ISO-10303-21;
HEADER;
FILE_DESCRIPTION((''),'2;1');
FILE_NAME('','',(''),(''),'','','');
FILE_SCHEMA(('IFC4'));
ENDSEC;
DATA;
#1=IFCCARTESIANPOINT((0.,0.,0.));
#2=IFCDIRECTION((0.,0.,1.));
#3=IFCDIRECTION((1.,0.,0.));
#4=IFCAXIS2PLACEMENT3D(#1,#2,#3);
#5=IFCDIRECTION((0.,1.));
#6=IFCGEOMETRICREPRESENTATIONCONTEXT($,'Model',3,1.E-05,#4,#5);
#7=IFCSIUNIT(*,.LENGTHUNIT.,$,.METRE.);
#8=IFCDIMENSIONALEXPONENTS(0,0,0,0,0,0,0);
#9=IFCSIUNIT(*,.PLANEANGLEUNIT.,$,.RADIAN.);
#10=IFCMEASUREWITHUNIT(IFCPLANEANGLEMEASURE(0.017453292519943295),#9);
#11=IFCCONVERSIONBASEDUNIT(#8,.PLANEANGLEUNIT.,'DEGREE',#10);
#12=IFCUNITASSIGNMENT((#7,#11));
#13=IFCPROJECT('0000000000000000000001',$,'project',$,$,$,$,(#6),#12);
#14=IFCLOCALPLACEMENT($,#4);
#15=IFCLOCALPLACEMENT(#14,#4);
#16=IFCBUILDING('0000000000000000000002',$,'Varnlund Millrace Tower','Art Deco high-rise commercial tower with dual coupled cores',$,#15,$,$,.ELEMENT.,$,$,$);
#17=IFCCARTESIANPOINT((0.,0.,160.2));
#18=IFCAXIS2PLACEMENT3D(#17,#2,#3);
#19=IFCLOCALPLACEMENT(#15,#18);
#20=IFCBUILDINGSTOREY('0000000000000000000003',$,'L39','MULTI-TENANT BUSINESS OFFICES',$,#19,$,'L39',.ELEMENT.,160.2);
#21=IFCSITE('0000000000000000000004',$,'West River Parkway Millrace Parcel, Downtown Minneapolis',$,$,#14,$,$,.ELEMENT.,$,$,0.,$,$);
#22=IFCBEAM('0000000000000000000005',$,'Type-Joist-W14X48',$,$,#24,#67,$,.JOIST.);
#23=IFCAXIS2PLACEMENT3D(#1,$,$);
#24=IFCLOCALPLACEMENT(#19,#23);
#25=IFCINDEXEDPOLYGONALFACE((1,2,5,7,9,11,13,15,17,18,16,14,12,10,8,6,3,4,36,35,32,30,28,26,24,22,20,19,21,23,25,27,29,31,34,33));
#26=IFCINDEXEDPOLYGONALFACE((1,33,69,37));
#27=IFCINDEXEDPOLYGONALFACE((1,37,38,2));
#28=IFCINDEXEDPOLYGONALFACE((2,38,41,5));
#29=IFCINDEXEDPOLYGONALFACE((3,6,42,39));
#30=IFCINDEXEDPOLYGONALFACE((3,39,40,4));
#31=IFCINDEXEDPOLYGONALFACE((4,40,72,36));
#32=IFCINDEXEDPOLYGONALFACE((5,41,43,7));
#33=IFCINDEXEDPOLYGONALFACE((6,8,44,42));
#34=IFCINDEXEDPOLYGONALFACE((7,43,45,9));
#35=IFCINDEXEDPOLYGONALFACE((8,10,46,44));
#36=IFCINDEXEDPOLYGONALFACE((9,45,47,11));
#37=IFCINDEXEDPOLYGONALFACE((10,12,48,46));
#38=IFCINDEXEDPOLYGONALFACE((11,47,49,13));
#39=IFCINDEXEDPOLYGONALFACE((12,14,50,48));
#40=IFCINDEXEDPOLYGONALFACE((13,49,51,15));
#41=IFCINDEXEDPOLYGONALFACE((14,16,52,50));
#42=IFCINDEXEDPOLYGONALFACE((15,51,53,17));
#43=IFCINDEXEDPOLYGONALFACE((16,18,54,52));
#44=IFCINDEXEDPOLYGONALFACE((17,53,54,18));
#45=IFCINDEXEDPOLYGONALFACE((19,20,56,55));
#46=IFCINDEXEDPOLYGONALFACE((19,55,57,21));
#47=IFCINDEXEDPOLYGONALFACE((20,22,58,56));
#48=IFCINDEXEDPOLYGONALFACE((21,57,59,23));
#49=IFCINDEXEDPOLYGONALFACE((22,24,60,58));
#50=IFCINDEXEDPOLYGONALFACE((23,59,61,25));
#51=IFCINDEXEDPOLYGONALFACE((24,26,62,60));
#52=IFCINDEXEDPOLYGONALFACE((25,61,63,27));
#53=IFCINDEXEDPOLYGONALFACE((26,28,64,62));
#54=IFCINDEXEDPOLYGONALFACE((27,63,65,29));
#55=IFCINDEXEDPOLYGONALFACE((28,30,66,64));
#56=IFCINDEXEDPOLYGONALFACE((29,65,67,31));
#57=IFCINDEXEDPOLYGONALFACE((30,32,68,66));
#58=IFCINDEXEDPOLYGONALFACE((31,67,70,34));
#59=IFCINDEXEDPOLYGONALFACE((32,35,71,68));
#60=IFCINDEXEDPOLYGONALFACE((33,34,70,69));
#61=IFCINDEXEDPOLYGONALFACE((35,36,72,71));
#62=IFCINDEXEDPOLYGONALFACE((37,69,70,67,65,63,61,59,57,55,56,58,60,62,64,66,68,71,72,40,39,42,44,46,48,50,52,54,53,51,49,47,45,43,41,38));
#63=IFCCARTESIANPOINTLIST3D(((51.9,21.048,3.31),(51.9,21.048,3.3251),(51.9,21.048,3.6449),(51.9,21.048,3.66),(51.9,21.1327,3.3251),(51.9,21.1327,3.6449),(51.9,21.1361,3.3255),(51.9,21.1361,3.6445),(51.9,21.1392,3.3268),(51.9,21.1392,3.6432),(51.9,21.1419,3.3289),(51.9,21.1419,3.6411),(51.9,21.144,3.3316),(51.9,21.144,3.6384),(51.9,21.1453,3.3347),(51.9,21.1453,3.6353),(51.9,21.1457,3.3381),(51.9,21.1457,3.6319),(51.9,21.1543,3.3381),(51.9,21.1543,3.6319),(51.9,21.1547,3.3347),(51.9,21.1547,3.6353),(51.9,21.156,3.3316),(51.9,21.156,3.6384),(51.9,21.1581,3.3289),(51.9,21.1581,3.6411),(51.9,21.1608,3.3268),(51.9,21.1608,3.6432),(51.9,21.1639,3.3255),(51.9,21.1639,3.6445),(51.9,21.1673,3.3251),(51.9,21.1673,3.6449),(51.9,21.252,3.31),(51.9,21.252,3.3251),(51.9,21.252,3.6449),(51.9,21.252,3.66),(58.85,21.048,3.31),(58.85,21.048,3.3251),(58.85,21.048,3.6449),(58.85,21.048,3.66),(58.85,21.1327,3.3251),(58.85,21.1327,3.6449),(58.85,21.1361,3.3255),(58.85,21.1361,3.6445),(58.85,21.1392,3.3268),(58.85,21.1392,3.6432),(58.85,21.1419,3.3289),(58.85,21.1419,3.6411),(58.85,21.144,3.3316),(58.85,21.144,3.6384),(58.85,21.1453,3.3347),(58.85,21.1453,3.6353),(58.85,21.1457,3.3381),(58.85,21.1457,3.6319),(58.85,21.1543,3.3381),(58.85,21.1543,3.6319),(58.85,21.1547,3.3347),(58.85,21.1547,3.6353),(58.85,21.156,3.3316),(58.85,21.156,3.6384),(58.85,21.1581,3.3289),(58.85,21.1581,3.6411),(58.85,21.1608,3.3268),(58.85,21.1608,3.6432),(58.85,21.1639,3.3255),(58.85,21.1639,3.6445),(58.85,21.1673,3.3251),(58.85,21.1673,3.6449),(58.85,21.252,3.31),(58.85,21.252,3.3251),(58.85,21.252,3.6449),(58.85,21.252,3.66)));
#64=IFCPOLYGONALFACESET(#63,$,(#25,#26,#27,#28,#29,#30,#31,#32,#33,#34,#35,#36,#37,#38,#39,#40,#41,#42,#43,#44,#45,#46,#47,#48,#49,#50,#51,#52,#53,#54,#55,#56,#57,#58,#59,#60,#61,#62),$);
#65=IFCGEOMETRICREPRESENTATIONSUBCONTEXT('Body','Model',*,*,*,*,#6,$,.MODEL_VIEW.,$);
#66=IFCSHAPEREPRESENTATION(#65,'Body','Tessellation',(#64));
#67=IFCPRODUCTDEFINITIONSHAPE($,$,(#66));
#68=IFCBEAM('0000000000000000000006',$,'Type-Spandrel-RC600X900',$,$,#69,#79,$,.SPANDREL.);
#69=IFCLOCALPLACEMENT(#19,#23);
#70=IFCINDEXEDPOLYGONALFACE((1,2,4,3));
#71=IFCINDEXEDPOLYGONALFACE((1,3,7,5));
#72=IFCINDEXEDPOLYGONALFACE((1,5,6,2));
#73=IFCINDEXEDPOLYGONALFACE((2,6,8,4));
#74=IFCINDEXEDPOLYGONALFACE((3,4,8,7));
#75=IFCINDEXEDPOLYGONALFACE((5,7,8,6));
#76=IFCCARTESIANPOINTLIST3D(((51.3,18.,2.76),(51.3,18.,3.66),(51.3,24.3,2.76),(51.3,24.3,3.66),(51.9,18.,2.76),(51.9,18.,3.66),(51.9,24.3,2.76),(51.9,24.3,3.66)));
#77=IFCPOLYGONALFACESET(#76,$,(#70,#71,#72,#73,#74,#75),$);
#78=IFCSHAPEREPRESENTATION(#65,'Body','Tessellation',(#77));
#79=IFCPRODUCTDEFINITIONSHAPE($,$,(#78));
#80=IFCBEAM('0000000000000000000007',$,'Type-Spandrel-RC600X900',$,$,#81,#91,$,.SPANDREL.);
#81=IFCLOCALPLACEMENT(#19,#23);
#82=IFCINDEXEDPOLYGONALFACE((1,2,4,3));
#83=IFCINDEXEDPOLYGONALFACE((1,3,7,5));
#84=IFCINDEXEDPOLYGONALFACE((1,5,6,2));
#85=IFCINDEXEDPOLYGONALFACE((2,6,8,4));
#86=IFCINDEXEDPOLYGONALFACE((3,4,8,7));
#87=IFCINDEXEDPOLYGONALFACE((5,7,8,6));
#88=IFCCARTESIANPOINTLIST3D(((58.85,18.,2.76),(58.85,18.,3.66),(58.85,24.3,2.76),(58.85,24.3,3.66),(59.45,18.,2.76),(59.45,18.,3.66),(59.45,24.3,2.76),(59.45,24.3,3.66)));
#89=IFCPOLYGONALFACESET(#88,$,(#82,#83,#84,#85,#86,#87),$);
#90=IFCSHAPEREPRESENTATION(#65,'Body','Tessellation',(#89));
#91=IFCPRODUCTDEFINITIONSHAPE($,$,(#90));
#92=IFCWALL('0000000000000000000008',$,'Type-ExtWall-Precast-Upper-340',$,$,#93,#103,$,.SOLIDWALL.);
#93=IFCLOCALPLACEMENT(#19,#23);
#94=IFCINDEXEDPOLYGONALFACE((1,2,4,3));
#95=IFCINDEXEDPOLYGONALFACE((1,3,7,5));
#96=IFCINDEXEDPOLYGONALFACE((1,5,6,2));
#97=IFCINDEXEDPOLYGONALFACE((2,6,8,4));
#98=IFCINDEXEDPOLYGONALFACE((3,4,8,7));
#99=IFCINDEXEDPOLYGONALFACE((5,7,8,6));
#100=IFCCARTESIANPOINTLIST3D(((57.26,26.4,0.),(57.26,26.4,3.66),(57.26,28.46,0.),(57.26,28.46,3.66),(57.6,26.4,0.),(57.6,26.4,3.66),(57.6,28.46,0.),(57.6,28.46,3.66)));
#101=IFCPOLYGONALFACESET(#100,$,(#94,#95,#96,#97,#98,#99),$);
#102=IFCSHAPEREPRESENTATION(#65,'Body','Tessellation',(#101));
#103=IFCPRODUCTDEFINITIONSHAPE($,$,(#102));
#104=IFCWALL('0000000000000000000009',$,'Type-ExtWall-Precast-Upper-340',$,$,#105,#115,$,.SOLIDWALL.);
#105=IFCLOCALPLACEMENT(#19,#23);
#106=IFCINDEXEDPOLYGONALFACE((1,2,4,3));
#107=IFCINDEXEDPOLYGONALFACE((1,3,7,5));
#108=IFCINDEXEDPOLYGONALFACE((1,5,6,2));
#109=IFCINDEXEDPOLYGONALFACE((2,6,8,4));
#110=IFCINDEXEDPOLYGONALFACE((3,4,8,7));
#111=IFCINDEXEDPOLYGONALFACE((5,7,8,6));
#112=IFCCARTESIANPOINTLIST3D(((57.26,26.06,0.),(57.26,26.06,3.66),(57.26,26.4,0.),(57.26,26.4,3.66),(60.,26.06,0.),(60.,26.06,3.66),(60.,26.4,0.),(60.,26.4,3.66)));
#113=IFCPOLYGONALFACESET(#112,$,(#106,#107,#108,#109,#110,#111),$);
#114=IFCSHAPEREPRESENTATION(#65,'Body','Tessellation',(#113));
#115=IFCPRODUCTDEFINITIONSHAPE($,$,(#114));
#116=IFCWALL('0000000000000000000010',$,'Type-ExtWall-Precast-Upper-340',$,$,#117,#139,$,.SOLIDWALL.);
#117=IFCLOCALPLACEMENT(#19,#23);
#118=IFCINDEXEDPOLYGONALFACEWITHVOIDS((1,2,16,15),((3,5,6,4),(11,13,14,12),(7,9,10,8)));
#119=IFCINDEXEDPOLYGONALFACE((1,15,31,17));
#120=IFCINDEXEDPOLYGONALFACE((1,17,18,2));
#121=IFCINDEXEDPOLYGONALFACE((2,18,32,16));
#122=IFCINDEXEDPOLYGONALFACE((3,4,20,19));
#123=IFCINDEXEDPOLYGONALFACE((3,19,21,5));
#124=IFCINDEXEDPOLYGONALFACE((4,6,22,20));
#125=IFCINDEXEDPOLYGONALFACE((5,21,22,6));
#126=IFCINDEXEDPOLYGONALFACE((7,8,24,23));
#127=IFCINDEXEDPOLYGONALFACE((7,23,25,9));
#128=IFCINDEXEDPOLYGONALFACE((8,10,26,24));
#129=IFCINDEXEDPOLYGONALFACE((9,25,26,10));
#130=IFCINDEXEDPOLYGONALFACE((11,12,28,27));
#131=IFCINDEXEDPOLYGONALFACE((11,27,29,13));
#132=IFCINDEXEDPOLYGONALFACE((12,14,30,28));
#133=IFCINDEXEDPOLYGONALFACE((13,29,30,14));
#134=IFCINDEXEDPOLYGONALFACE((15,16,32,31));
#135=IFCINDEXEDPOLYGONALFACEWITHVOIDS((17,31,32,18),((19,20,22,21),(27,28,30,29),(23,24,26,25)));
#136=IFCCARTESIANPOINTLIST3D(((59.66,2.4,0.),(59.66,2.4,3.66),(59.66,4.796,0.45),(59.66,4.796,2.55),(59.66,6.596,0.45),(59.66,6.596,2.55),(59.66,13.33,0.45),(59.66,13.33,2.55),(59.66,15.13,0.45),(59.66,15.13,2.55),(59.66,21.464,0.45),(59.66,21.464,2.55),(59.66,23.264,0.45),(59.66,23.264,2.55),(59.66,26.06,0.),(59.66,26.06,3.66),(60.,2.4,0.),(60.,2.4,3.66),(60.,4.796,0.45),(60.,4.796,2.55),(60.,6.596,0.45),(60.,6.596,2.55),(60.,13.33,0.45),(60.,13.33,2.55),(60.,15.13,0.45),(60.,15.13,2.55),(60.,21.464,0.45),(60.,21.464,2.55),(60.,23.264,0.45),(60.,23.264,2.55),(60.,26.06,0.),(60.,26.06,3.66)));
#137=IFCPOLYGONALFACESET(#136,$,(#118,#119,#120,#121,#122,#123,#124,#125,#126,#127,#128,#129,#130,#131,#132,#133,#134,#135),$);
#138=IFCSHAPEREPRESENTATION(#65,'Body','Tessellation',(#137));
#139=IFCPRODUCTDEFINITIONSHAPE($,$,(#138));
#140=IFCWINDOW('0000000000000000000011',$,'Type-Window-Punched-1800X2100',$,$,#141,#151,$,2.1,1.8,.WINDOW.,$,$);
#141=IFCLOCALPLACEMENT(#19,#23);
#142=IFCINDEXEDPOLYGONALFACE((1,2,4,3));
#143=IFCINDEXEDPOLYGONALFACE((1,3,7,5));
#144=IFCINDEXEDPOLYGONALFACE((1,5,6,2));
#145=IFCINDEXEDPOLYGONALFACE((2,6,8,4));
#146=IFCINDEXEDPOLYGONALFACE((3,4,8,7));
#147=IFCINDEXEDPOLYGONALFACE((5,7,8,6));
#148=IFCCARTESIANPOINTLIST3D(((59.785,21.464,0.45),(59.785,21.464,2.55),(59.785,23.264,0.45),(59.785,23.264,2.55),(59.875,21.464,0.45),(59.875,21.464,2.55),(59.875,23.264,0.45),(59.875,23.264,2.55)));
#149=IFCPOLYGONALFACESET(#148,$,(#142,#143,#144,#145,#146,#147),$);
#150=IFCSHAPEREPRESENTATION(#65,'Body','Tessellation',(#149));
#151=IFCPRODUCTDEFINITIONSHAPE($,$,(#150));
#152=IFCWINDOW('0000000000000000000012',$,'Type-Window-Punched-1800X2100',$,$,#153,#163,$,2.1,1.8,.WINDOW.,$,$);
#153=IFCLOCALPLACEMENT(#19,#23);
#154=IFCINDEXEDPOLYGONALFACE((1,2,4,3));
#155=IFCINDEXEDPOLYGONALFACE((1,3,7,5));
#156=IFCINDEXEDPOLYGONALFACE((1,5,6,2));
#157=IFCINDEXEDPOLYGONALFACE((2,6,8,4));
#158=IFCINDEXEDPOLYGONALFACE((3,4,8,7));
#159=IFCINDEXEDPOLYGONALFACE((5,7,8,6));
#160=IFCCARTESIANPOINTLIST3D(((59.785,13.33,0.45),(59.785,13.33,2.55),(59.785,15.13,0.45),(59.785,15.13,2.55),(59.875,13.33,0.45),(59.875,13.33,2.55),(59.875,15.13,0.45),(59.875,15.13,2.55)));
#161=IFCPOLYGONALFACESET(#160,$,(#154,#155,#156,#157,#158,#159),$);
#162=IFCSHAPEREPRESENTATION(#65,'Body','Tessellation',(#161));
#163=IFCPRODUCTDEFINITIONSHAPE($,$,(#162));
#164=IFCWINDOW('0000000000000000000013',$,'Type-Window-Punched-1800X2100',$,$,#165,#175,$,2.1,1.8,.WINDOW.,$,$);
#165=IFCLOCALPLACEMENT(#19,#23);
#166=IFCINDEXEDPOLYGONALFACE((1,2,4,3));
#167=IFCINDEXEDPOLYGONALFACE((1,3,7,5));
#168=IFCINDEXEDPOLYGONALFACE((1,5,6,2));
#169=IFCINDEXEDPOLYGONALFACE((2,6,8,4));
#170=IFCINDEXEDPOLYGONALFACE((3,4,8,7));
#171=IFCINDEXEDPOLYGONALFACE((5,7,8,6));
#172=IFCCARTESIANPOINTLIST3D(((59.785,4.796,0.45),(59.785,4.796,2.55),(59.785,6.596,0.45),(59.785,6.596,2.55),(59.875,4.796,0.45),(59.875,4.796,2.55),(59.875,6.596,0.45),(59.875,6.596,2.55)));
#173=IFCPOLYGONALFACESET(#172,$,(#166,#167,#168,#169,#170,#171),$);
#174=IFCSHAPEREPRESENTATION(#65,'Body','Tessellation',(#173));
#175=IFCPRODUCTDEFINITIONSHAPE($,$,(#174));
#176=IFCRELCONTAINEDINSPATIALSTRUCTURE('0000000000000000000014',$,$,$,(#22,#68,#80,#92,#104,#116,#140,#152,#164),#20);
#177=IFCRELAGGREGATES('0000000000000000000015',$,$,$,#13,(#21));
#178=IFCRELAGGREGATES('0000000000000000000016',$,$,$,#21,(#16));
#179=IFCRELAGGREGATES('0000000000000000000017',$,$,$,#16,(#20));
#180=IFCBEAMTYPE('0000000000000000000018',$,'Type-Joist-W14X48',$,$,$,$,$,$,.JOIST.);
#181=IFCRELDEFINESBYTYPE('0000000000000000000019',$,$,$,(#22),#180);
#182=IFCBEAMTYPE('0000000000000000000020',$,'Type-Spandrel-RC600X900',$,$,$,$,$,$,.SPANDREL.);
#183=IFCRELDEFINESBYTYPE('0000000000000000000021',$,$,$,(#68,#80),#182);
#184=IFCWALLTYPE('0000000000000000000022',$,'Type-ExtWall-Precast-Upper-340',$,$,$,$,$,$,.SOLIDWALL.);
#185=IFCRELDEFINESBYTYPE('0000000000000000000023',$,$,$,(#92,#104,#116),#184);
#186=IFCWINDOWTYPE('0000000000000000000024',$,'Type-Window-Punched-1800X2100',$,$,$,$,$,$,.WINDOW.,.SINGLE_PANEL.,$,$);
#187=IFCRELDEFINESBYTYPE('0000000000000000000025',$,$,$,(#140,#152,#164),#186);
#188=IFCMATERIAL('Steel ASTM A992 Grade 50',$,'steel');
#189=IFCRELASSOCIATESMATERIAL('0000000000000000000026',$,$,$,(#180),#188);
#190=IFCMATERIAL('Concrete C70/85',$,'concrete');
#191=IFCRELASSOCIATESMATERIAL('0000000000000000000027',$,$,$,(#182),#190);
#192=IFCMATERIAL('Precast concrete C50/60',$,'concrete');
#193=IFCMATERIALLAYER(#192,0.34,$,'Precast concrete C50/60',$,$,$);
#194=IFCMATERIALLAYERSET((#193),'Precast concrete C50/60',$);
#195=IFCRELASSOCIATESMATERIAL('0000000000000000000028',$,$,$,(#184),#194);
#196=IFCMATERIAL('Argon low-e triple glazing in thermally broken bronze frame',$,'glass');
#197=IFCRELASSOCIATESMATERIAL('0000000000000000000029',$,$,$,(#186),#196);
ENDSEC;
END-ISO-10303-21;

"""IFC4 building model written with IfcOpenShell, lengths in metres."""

from ifc_helpers import new_model, entity, si_unit, converted_unit, direction, frame, origin_with_axes, origin_2d_with_axis, place, context, subcontext, project, spatial, polyline, rectangle, i_section, outline, extrude, material, layer, layer_set, material_profile, profile_set, type_object, element, fill, save


model = new_model("IFC4")

# Units and contexts
model_context = context("Model", 3, precision=1e-05, world=origin_with_axes(), true_north=direction((0.0, 1.0)))
body_context = subcontext(model_context, "Body", "Model", "MODEL_VIEW")
ifc_project = project(units=[si_unit("LENGTHUNIT", "METRE"), converted_unit("PLANEANGLEUNIT", "DEGREE", entity("IfcPlaneAngleMeasure", 0.017453292519943295), si_unit("PLANEANGLEUNIT", "RADIAN"), dimensions=[0, 0, 0, 0, 0, 0, 0])], contexts=[model_context])

# Site, building, storey
site_placement = place(None, origin_with_axes())
site = spatial("IfcSite", under=ifc_project, at=site_placement, Name="West River Parkway Millrace Parcel, Downtown Minneapolis", CompositionType="ELEMENT", RefElevation=0.0)
building_placement = place(site_placement, origin_with_axes())
building = spatial("IfcBuilding", under=site, at=building_placement, Name="Varnlund Millrace Tower", Description="Art Deco high-rise commercial tower with dual coupled cores", CompositionType="ELEMENT")
storey_placement = place(building_placement, frame((0.0, 0.0, 160.2), z_axis=(0.0, 0.0, 1.0), x_axis=(1.0, 0.0, 0.0)))
storey = spatial("IfcBuildingStorey", under=building, at=storey_placement, Name="L39", Description="MULTI-TENANT BUSINESS OFFICES", LongName="L39", CompositionType="ELEMENT", Elevation=160.2)

# Beams
ifc_material_1 = material(Name="Steel ASTM A992 Grade 50", Category="steel")
ifc_material_profile_1 = material_profile(ifc_material_1, i_section(OverallWidth=0.204, OverallDepth=0.35, WebThickness=0.0086, FlangeThickness=0.0151, FilletRadius=0.013, at=origin_2d_with_axis()), Name="Steel ASTM A992 Grade 50")
ifc_profile_set_1 = profile_set([ifc_material_profile_1], Name="Steel ASTM A992 Grade 50")
beam_type_1 = type_object("IfcBeamType", Name="Type-Joist-W14X48", PredefinedType="JOIST", material=ifc_profile_set_1)
for number, where, z_axis, x_axis, name in (
    (1, (51.9, 21.15, 3.485), (1.0, 0.0, 0.0), (0.0, 1.0, 0.0), "Type-Joist-W14X48"),
):
    element("IfcBeam", number, at=place(storey_placement, frame(where, z_axis=z_axis, x_axis=x_axis)), inside=storey, type_object=beam_type_1, Name=name, PredefinedType="JOIST", context=body_context, shape_type="SweptSolid", body=[
        extrude(i_section(OverallWidth=0.204, OverallDepth=0.35, WebThickness=0.0086, FlangeThickness=0.0151, FilletRadius=0.013, at=origin_2d_with_axis()), origin_with_axes(), (0.0, 0.0, 1.0), 6.95),
    ])
ifc_material_2 = material(Name="Concrete C70/85", Category="concrete")
ifc_material_profile_2 = material_profile(ifc_material_2, rectangle(XDim=0.6, YDim=0.9, at=origin_2d_with_axis()), Name="Concrete C70/85")
ifc_profile_set_2 = profile_set([ifc_material_profile_2], Name="Concrete C70/85")
beam_type_2 = type_object("IfcBeamType", Name="Type-Spandrel-RC600X900", PredefinedType="SPANDREL", material=ifc_profile_set_2)
for number, where, z_axis, x_axis, name in (
    (2, (51.6, 18.0, 3.21), (0.0, 1.0, 0.0), (-1.0, 0.0, 0.0), "Type-Spandrel-RC600X900"),
    (3, (59.15, 18.0, 3.21), (0.0, 1.0, 0.0), (-1.0, 0.0, 0.0), "Type-Spandrel-RC600X900"),
):
    element("IfcBeam", number, at=place(storey_placement, frame(where, z_axis=z_axis, x_axis=x_axis)), inside=storey, type_object=beam_type_2, Name=name, PredefinedType="SPANDREL", context=body_context, shape_type="SweptSolid", body=[
        extrude(rectangle(XDim=0.6, YDim=0.9, at=origin_2d_with_axis()), origin_with_axes(), (0.0, 0.0, 1.0), 6.3),
    ])

# Walls
ifc_material_3 = material(Name="Precast concrete C50/60", Category="concrete")
ifc_layer_1 = layer(ifc_material_3, 0.34, Name="Precast concrete C50/60")
ifc_layer_set_1 = layer_set([ifc_layer_1], Name="Precast concrete C50/60")
wall_type_1 = type_object("IfcWallType", Name="Type-ExtWall-Precast-Upper-340", PredefinedType="SOLIDWALL", material=ifc_layer_set_1)
wall_1_placement = place(storey_placement, frame((57.43, 28.46, 0.0), z_axis=(0.0, 0.0, 1.0), x_axis=(0.0, -1.0, 0.0)))
element("IfcWall", 4, at=wall_1_placement, inside=storey, type_object=wall_type_1, Name="Type-ExtWall-Precast-Upper-340", PredefinedType="SOLIDWALL", context=body_context, shape_type="SweptSolid", body=[
    extrude(outline(polyline([(0.0, -0.17), (2.06, -0.17), (2.06, 0.17), (0.0, 0.17), (0.0, -0.17)])), origin_with_axes(), (0.0, 0.0, 1.0), 3.66),
])
wall_2_placement = place(storey_placement, frame((57.26, 26.23, 0.0), z_axis=(0.0, 0.0, 1.0), x_axis=(1.0, 0.0, 0.0)))
element("IfcWall", 5, at=wall_2_placement, inside=storey, type_object=wall_type_1, Name="Type-ExtWall-Precast-Upper-340", PredefinedType="SOLIDWALL", context=body_context, shape_type="SweptSolid", body=[
    extrude(outline(polyline([(0.0, -0.17), (2.74, -0.17), (2.74, 0.17), (0.0, 0.17), (0.0, -0.17)])), origin_with_axes(), (0.0, 0.0, 1.0), 3.66),
])

# Wall, openings, windows
wall_3_placement = place(storey_placement, frame((59.83, 26.06, 0.0), z_axis=(0.0, 0.0, 1.0), x_axis=(0.0, -1.0, 0.0)))
wall_3 = element("IfcWall", 6, at=wall_3_placement, inside=storey, type_object=wall_type_1, Name="Type-ExtWall-Precast-Upper-340", PredefinedType="SOLIDWALL", context=body_context, shape_type="SweptSolid", body=[
    extrude(outline(polyline([(0.0, -0.17), (23.66, -0.17), (23.66, 0.17), (0.0, 0.17), (0.0, -0.17)])), origin_with_axes(), (0.0, 0.0, 1.0), 3.66),
])
opening_1_placement = place(wall_3_placement, frame((3.696, 0.0, 0.45), z_axis=(0.0, 0.0, 1.0), x_axis=(1.0, 0.0, 0.0)))
opening_1 = element("IfcOpeningElement", 7, at=opening_1_placement, cuts=wall_3, PredefinedType="OPENING", context=body_context, shape_type="SweptSolid", body=[
    extrude(rectangle(XDim=1.8, YDim=0.36, at=origin_2d_with_axis()), origin_with_axes(), (0.0, 0.0, 1.0), 2.1),
])
opening_2_placement = place(wall_3_placement, frame((11.83, 0.0, 0.45), z_axis=(0.0, 0.0, 1.0), x_axis=(1.0, 0.0, 0.0)))
opening_2 = element("IfcOpeningElement", 8, at=opening_2_placement, cuts=wall_3, PredefinedType="OPENING", context=body_context, shape_type="SweptSolid", body=[
    extrude(rectangle(XDim=1.8, YDim=0.36, at=origin_2d_with_axis()), origin_with_axes(), (0.0, 0.0, 1.0), 2.1),
])
opening_3_placement = place(wall_3_placement, frame((20.364, 0.0, 0.45), z_axis=(0.0, 0.0, 1.0), x_axis=(1.0, 0.0, 0.0)))
opening_3 = element("IfcOpeningElement", 9, at=opening_3_placement, cuts=wall_3, PredefinedType="OPENING", context=body_context, shape_type="SweptSolid", body=[
    extrude(rectangle(XDim=1.8, YDim=0.36, at=origin_2d_with_axis()), origin_with_axes(), (0.0, 0.0, 1.0), 2.1),
])
ifc_material_4 = material(Name="Argon low-e triple glazing in thermally broken bronze frame", Category="glass")
window_type = type_object("IfcWindowType", Name="Type-Window-Punched-1800X2100", PartitioningType="SINGLE_PANEL", PredefinedType="WINDOW", material=ifc_material_4)
window_1_placement = place(wall_3_placement, frame((3.696, 0.0, 0.45), z_axis=(0.0, 0.0, 1.0), x_axis=(1.0, 0.0, 0.0)))
window_1 = element("IfcWindow", 10, at=window_1_placement, inside=storey, type_object=window_type, Name="Type-Window-Punched-1800X2100", OverallHeight=2.1, OverallWidth=1.8, PredefinedType="WINDOW", context=body_context, shape_type="SweptSolid", body=[
    extrude(rectangle(XDim=1.8, YDim=0.09, at=origin_2d_with_axis()), origin_with_axes(), (0.0, 0.0, 1.0), 2.1),
])
fill(opening_1, window_1)
window_2_placement = place(wall_3_placement, frame((11.83, 0.0, 0.45), z_axis=(0.0, 0.0, 1.0), x_axis=(1.0, 0.0, 0.0)))
window_2 = element("IfcWindow", 11, at=window_2_placement, inside=storey, type_object=window_type, Name="Type-Window-Punched-1800X2100", OverallHeight=2.1, OverallWidth=1.8, PredefinedType="WINDOW", context=body_context, shape_type="SweptSolid", body=[
    extrude(rectangle(XDim=1.8, YDim=0.09, at=origin_2d_with_axis()), origin_with_axes(), (0.0, 0.0, 1.0), 2.1),
])
fill(opening_2, window_2)
window_3_placement = place(wall_3_placement, frame((20.364, 0.0, 0.45), z_axis=(0.0, 0.0, 1.0), x_axis=(1.0, 0.0, 0.0)))
window_3 = element("IfcWindow", 12, at=window_3_placement, inside=storey, type_object=window_type, Name="Type-Window-Punched-1800X2100", OverallHeight=2.1, OverallWidth=1.8, PredefinedType="WINDOW", context=body_context, shape_type="SweptSolid", body=[
    extrude(rectangle(XDim=1.8, YDim=0.09, at=origin_2d_with_axis()), origin_with_axes(), (0.0, 0.0, 1.0), 2.1),
])
fill(opening_3, window_3)

save(model, "model.ifc")
